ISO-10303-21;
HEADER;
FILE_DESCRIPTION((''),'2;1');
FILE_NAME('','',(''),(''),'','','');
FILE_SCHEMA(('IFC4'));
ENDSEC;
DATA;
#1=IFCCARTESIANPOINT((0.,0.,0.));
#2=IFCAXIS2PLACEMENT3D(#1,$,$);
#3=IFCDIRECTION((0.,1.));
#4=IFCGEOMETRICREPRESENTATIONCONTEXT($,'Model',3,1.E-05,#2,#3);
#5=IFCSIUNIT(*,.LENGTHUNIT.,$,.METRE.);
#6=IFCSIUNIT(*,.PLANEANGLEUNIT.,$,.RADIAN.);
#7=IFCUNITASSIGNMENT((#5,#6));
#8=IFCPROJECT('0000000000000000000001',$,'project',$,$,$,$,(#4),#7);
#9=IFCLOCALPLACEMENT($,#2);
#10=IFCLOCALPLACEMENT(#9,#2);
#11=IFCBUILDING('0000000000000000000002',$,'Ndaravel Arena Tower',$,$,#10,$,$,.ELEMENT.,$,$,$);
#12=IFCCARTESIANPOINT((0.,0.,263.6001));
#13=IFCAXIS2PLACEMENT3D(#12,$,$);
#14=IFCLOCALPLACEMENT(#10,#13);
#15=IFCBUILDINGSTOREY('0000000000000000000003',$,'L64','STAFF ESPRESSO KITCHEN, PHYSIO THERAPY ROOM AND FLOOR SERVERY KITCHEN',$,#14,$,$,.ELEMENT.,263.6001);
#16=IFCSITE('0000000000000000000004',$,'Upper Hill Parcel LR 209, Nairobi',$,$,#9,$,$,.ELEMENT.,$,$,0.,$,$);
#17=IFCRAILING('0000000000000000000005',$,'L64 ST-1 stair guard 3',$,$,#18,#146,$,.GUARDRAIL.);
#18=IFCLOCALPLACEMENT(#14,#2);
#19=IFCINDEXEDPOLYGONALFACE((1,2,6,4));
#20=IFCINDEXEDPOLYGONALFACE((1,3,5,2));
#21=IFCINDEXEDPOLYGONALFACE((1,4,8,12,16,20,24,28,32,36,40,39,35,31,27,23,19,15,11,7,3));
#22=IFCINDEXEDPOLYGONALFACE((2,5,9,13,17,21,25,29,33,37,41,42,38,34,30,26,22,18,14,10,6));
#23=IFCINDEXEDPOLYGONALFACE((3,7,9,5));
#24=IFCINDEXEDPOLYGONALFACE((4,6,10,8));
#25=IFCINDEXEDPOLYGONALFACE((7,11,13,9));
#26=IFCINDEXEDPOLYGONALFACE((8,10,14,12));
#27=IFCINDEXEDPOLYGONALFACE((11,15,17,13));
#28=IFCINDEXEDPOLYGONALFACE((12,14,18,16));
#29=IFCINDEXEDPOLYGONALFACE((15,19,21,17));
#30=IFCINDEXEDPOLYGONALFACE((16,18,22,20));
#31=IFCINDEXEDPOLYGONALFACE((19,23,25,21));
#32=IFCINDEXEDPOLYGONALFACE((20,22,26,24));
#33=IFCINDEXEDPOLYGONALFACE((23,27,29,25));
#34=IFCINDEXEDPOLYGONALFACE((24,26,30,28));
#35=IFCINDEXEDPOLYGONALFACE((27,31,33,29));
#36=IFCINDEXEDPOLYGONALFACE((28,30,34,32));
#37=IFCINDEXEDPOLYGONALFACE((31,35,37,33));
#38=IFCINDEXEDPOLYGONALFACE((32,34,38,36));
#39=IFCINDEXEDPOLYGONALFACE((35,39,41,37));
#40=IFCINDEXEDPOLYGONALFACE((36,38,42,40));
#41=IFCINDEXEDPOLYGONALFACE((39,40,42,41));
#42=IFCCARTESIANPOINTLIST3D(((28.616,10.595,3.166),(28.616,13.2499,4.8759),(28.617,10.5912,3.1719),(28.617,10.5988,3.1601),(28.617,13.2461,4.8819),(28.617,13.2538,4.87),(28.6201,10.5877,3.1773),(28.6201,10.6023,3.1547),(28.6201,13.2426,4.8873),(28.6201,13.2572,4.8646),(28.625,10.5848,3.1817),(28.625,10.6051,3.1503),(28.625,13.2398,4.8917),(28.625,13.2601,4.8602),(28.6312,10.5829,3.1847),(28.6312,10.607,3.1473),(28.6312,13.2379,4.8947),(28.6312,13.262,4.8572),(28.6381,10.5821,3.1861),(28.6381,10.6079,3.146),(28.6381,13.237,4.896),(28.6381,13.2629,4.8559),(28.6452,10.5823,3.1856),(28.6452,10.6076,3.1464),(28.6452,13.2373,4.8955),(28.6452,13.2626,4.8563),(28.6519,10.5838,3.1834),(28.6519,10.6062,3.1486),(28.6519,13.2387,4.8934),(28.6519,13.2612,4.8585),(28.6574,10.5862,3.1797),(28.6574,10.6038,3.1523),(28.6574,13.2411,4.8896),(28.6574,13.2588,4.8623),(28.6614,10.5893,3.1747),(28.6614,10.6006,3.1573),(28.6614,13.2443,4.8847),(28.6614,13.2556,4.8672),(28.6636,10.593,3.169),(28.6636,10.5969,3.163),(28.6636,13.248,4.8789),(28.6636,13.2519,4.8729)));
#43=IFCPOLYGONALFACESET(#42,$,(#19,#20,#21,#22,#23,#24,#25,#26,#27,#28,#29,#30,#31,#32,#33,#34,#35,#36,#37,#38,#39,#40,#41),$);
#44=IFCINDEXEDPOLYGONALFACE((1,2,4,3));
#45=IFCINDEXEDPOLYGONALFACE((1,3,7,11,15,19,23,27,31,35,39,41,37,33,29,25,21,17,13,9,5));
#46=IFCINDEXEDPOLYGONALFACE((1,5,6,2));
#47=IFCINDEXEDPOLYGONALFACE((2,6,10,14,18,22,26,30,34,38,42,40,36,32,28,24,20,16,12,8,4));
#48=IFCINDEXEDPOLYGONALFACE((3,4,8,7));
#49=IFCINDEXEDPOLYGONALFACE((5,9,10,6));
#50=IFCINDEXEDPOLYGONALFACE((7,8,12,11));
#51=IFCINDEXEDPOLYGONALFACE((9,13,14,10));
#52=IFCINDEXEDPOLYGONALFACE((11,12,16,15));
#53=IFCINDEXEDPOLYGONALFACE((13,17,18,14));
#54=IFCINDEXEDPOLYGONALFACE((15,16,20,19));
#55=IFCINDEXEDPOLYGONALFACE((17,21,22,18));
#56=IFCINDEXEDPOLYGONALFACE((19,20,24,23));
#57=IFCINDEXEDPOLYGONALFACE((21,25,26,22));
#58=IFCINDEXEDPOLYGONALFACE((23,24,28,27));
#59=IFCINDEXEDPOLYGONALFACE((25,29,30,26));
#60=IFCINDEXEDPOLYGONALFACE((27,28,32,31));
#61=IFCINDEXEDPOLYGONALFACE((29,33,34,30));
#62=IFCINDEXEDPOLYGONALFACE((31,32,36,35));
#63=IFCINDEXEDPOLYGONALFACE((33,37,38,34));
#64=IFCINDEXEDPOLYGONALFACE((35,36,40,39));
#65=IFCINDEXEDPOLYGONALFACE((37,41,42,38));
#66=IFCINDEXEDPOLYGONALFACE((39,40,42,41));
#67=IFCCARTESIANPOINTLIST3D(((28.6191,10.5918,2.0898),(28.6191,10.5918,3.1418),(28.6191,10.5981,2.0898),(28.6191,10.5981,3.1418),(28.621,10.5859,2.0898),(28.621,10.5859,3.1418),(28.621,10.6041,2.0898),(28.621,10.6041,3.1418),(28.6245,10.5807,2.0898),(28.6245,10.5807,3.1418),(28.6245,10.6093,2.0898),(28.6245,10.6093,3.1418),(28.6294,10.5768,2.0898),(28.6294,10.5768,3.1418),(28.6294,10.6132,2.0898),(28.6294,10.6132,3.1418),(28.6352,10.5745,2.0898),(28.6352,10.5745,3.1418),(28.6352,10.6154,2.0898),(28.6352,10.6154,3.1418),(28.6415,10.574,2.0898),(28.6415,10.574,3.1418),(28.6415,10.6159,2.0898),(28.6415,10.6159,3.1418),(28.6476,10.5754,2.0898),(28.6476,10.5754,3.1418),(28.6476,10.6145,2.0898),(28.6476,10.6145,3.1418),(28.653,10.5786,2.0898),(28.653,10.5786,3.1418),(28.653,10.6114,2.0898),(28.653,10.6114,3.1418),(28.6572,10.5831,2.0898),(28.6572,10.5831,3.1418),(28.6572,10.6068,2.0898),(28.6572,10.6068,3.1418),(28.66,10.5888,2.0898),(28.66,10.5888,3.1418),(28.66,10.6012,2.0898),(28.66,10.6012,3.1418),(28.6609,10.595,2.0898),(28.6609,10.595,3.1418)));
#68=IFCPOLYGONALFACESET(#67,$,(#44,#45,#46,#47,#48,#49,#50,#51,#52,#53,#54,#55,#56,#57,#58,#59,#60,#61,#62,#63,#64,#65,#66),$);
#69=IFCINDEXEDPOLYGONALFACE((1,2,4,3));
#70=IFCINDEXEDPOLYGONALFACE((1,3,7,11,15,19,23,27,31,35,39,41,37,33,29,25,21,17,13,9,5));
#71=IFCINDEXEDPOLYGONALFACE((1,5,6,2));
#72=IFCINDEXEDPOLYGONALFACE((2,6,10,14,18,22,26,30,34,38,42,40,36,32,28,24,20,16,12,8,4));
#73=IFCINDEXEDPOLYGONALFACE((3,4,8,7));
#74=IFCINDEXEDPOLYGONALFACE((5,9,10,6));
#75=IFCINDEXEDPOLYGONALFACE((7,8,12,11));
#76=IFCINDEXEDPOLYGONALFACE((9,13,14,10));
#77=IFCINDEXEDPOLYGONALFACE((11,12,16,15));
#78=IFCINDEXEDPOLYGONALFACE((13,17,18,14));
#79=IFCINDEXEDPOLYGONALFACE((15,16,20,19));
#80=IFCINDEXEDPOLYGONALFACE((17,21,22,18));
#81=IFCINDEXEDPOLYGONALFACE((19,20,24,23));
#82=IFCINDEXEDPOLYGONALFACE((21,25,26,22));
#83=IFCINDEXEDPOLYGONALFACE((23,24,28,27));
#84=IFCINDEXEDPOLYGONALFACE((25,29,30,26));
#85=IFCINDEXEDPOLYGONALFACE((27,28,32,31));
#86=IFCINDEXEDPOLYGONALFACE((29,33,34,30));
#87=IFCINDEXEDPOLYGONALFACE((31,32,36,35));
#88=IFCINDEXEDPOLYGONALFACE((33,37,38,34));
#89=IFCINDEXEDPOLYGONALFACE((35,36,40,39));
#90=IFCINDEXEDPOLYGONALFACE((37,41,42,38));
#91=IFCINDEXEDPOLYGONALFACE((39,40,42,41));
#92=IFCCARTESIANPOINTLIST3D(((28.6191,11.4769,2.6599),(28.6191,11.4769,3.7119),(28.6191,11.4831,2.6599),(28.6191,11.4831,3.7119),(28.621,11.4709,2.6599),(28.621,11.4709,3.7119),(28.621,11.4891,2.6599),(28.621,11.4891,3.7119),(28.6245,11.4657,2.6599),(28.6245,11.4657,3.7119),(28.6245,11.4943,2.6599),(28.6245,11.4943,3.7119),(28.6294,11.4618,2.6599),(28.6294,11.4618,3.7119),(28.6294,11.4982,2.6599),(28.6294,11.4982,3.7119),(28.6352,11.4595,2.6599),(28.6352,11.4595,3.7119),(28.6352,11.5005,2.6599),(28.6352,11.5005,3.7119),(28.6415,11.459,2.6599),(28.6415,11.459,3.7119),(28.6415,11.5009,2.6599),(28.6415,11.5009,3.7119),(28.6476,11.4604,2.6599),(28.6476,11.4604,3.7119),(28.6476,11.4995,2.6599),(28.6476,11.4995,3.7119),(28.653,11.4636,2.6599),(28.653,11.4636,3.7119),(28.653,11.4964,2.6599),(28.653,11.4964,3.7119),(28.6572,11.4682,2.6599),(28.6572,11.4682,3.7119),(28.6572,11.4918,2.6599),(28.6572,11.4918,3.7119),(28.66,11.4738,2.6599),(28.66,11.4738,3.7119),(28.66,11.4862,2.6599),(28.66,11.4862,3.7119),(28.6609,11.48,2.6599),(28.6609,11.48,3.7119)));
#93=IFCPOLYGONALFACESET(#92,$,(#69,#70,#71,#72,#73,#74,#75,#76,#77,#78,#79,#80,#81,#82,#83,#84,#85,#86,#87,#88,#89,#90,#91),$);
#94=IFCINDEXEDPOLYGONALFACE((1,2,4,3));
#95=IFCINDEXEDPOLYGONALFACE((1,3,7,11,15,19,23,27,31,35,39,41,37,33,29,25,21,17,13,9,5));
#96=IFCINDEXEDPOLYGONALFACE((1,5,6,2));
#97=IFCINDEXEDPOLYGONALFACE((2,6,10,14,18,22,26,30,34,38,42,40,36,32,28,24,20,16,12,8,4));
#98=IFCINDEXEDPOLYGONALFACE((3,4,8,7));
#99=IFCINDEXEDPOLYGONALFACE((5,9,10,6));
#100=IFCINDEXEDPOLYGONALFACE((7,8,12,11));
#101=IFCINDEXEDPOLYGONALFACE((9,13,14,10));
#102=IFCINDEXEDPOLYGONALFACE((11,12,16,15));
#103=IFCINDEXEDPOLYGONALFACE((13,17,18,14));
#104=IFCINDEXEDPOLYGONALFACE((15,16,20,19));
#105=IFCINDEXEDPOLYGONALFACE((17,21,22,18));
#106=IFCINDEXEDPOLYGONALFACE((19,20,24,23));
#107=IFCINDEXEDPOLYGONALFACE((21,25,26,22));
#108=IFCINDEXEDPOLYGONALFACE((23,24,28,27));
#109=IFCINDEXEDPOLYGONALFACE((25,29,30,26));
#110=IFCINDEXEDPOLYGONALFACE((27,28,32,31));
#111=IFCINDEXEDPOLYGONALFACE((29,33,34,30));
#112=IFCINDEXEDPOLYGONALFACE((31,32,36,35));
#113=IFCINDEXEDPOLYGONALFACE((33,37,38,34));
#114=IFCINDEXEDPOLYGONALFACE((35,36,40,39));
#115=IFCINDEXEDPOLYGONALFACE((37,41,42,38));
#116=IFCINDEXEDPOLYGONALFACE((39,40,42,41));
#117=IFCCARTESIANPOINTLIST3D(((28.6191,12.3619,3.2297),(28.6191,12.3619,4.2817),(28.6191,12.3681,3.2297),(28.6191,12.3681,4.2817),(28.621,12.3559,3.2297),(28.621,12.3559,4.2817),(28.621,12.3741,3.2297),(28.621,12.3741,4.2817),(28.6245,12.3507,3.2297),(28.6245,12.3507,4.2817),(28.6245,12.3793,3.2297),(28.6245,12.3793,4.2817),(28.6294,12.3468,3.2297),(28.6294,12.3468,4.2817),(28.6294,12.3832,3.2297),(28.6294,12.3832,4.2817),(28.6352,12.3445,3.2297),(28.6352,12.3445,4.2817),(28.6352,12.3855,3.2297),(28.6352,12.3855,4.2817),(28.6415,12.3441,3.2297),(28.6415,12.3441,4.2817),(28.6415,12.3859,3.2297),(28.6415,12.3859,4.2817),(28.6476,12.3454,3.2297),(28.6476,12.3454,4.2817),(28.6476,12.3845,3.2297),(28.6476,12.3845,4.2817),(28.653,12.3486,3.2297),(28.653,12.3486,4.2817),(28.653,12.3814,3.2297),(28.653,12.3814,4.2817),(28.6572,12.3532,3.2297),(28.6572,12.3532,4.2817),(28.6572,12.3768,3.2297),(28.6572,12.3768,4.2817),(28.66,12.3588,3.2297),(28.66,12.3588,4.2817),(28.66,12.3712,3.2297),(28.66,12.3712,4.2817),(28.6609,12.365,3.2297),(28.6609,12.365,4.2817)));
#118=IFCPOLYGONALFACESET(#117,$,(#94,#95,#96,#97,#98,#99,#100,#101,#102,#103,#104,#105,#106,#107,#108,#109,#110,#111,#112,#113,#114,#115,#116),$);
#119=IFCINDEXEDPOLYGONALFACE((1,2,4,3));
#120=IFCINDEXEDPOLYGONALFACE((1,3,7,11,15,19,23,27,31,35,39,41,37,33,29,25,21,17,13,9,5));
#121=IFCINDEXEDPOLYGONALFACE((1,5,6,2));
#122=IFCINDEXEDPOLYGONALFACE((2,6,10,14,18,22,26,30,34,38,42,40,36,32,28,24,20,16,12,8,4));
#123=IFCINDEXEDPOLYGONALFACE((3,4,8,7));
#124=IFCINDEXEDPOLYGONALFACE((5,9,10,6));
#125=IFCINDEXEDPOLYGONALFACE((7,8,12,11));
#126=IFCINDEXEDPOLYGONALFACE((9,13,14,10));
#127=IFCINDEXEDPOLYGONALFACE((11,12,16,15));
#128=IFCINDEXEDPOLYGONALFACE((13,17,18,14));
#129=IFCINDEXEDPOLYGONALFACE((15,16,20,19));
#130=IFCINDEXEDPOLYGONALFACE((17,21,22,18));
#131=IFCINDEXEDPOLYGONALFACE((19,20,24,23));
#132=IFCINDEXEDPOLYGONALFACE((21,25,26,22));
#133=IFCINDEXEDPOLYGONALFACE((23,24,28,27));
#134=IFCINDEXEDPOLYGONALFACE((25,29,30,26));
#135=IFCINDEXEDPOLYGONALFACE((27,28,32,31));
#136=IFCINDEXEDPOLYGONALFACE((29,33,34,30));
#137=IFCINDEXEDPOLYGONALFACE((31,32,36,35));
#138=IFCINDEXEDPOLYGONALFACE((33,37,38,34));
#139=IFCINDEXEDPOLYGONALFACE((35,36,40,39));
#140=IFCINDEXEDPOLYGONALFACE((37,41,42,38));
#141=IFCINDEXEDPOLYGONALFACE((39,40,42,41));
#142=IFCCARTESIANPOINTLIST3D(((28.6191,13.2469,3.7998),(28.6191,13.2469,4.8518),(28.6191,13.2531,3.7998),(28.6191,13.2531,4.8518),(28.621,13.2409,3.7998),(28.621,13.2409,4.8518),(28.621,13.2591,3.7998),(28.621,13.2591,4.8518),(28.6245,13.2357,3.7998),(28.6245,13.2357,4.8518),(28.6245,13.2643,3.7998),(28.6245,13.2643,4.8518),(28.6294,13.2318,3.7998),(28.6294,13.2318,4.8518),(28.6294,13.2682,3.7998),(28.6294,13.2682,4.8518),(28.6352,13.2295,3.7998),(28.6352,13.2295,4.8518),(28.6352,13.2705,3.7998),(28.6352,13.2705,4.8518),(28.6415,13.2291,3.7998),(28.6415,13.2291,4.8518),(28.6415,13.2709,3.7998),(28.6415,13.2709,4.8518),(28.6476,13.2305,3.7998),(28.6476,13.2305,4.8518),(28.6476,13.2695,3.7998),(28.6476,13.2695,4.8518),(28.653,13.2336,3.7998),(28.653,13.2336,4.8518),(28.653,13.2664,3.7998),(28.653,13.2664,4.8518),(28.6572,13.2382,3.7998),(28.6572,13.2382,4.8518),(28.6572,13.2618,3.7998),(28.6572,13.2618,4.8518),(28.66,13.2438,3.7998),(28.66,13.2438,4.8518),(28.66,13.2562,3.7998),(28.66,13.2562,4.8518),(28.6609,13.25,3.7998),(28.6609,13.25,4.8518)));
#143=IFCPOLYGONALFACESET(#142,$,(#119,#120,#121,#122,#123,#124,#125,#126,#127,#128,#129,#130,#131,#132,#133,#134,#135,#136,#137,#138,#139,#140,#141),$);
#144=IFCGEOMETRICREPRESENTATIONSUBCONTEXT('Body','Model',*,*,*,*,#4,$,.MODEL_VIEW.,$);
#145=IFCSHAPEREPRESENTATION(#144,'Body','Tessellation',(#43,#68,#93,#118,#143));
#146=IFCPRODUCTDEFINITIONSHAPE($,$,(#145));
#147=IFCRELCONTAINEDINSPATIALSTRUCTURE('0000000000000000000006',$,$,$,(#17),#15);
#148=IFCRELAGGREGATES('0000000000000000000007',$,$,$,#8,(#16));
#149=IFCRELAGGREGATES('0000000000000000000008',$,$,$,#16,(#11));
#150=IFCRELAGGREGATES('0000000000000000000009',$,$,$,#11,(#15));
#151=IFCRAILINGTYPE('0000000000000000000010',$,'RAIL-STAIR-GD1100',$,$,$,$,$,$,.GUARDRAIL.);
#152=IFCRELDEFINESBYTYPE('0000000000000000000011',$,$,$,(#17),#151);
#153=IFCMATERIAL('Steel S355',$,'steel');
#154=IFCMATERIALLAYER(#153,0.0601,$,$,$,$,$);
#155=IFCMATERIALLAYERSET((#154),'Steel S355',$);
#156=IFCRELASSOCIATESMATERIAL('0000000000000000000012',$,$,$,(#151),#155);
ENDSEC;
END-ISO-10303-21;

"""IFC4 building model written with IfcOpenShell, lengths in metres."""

from ifc_helpers import new_model, si_unit, direction, frame, origin, origin_2d, place, context, subcontext, project, spatial, circle, extrude, material, layer, layer_set, type_object, element, save


model = new_model("IFC4")

# Units and contexts
model_context = context("Model", 3, precision=1e-05, world=origin(), true_north=direction((0.0, 1.0)))
body_context = subcontext(model_context, "Body", "Model", "MODEL_VIEW")
ifc_project = project(units=[si_unit("LENGTHUNIT", "METRE"), si_unit("PLANEANGLEUNIT", "RADIAN")], contexts=[model_context])

# Site, building, storey
site_placement = place(None, origin())
site = spatial("IfcSite", under=ifc_project, at=site_placement, Name="Upper Hill Parcel LR 209, Nairobi", CompositionType="ELEMENT", RefElevation=0.0)
building_placement = place(site_placement, origin())
building = spatial("IfcBuilding", under=site, at=building_placement, Name="Ndaravel Arena Tower", CompositionType="ELEMENT")
storey_placement = place(building_placement, frame((0.0, 0.0, 263.6001)))
storey = spatial("IfcBuildingStorey", under=building, at=storey_placement, Name="L64", Description="STAFF ESPRESSO KITCHEN, PHYSIO THERAPY ROOM AND FLOOR SERVERY KITCHEN", CompositionType="ELEMENT", Elevation=263.6001)

# Railing
ifc_material_1 = material(Name="Steel S355", Category="steel")
ifc_layer_1 = layer(ifc_material_1, 0.0601)
ifc_layer_set_1 = layer_set([ifc_layer_1], Name="Steel S355")
railing_type_1 = type_object("IfcRailingType", Name="RAIL-STAIR-GD1100", PredefinedType="GUARDRAIL", material=ifc_layer_set_1)
railing_1_placement = place(storey_placement, frame((28.6399, 10.595, 2.0898)))
element("IfcRailing", 1, at=railing_1_placement, inside=storey, type_object=railing_type_1, Name="L64 ST-1 stair guard 3", PredefinedType="GUARDRAIL", context=body_context, shape_type="SweptSolid", body=[
    extrude(circle(Radius=0.0239, at=origin_2d()), frame((0.0, 0.0, 1.0762), z_axis=(0.0, 0.840724, 0.541465), x_axis=(-1.0, 0.0, 0.0)), (0.0, 0.0, 1.0), 3.158),
    extrude(circle(Radius=0.021, at=origin_2d()), origin(), (0.0, 0.0, 1.0), 1.052),
    extrude(circle(Radius=0.021, at=origin_2d()), frame((0.0, 0.885, 0.5701)), (0.0, 0.0, 1.0), 1.052),
    extrude(circle(Radius=0.021, at=origin_2d()), frame((0.0, 1.77, 1.1399)), (0.0, 0.0, 1.0), 1.052),
    extrude(circle(Radius=0.021, at=origin_2d()), frame((0.0, 2.655, 1.71)), (0.0, 0.0, 1.0), 1.052),
])

save(model, "model.ifc")
